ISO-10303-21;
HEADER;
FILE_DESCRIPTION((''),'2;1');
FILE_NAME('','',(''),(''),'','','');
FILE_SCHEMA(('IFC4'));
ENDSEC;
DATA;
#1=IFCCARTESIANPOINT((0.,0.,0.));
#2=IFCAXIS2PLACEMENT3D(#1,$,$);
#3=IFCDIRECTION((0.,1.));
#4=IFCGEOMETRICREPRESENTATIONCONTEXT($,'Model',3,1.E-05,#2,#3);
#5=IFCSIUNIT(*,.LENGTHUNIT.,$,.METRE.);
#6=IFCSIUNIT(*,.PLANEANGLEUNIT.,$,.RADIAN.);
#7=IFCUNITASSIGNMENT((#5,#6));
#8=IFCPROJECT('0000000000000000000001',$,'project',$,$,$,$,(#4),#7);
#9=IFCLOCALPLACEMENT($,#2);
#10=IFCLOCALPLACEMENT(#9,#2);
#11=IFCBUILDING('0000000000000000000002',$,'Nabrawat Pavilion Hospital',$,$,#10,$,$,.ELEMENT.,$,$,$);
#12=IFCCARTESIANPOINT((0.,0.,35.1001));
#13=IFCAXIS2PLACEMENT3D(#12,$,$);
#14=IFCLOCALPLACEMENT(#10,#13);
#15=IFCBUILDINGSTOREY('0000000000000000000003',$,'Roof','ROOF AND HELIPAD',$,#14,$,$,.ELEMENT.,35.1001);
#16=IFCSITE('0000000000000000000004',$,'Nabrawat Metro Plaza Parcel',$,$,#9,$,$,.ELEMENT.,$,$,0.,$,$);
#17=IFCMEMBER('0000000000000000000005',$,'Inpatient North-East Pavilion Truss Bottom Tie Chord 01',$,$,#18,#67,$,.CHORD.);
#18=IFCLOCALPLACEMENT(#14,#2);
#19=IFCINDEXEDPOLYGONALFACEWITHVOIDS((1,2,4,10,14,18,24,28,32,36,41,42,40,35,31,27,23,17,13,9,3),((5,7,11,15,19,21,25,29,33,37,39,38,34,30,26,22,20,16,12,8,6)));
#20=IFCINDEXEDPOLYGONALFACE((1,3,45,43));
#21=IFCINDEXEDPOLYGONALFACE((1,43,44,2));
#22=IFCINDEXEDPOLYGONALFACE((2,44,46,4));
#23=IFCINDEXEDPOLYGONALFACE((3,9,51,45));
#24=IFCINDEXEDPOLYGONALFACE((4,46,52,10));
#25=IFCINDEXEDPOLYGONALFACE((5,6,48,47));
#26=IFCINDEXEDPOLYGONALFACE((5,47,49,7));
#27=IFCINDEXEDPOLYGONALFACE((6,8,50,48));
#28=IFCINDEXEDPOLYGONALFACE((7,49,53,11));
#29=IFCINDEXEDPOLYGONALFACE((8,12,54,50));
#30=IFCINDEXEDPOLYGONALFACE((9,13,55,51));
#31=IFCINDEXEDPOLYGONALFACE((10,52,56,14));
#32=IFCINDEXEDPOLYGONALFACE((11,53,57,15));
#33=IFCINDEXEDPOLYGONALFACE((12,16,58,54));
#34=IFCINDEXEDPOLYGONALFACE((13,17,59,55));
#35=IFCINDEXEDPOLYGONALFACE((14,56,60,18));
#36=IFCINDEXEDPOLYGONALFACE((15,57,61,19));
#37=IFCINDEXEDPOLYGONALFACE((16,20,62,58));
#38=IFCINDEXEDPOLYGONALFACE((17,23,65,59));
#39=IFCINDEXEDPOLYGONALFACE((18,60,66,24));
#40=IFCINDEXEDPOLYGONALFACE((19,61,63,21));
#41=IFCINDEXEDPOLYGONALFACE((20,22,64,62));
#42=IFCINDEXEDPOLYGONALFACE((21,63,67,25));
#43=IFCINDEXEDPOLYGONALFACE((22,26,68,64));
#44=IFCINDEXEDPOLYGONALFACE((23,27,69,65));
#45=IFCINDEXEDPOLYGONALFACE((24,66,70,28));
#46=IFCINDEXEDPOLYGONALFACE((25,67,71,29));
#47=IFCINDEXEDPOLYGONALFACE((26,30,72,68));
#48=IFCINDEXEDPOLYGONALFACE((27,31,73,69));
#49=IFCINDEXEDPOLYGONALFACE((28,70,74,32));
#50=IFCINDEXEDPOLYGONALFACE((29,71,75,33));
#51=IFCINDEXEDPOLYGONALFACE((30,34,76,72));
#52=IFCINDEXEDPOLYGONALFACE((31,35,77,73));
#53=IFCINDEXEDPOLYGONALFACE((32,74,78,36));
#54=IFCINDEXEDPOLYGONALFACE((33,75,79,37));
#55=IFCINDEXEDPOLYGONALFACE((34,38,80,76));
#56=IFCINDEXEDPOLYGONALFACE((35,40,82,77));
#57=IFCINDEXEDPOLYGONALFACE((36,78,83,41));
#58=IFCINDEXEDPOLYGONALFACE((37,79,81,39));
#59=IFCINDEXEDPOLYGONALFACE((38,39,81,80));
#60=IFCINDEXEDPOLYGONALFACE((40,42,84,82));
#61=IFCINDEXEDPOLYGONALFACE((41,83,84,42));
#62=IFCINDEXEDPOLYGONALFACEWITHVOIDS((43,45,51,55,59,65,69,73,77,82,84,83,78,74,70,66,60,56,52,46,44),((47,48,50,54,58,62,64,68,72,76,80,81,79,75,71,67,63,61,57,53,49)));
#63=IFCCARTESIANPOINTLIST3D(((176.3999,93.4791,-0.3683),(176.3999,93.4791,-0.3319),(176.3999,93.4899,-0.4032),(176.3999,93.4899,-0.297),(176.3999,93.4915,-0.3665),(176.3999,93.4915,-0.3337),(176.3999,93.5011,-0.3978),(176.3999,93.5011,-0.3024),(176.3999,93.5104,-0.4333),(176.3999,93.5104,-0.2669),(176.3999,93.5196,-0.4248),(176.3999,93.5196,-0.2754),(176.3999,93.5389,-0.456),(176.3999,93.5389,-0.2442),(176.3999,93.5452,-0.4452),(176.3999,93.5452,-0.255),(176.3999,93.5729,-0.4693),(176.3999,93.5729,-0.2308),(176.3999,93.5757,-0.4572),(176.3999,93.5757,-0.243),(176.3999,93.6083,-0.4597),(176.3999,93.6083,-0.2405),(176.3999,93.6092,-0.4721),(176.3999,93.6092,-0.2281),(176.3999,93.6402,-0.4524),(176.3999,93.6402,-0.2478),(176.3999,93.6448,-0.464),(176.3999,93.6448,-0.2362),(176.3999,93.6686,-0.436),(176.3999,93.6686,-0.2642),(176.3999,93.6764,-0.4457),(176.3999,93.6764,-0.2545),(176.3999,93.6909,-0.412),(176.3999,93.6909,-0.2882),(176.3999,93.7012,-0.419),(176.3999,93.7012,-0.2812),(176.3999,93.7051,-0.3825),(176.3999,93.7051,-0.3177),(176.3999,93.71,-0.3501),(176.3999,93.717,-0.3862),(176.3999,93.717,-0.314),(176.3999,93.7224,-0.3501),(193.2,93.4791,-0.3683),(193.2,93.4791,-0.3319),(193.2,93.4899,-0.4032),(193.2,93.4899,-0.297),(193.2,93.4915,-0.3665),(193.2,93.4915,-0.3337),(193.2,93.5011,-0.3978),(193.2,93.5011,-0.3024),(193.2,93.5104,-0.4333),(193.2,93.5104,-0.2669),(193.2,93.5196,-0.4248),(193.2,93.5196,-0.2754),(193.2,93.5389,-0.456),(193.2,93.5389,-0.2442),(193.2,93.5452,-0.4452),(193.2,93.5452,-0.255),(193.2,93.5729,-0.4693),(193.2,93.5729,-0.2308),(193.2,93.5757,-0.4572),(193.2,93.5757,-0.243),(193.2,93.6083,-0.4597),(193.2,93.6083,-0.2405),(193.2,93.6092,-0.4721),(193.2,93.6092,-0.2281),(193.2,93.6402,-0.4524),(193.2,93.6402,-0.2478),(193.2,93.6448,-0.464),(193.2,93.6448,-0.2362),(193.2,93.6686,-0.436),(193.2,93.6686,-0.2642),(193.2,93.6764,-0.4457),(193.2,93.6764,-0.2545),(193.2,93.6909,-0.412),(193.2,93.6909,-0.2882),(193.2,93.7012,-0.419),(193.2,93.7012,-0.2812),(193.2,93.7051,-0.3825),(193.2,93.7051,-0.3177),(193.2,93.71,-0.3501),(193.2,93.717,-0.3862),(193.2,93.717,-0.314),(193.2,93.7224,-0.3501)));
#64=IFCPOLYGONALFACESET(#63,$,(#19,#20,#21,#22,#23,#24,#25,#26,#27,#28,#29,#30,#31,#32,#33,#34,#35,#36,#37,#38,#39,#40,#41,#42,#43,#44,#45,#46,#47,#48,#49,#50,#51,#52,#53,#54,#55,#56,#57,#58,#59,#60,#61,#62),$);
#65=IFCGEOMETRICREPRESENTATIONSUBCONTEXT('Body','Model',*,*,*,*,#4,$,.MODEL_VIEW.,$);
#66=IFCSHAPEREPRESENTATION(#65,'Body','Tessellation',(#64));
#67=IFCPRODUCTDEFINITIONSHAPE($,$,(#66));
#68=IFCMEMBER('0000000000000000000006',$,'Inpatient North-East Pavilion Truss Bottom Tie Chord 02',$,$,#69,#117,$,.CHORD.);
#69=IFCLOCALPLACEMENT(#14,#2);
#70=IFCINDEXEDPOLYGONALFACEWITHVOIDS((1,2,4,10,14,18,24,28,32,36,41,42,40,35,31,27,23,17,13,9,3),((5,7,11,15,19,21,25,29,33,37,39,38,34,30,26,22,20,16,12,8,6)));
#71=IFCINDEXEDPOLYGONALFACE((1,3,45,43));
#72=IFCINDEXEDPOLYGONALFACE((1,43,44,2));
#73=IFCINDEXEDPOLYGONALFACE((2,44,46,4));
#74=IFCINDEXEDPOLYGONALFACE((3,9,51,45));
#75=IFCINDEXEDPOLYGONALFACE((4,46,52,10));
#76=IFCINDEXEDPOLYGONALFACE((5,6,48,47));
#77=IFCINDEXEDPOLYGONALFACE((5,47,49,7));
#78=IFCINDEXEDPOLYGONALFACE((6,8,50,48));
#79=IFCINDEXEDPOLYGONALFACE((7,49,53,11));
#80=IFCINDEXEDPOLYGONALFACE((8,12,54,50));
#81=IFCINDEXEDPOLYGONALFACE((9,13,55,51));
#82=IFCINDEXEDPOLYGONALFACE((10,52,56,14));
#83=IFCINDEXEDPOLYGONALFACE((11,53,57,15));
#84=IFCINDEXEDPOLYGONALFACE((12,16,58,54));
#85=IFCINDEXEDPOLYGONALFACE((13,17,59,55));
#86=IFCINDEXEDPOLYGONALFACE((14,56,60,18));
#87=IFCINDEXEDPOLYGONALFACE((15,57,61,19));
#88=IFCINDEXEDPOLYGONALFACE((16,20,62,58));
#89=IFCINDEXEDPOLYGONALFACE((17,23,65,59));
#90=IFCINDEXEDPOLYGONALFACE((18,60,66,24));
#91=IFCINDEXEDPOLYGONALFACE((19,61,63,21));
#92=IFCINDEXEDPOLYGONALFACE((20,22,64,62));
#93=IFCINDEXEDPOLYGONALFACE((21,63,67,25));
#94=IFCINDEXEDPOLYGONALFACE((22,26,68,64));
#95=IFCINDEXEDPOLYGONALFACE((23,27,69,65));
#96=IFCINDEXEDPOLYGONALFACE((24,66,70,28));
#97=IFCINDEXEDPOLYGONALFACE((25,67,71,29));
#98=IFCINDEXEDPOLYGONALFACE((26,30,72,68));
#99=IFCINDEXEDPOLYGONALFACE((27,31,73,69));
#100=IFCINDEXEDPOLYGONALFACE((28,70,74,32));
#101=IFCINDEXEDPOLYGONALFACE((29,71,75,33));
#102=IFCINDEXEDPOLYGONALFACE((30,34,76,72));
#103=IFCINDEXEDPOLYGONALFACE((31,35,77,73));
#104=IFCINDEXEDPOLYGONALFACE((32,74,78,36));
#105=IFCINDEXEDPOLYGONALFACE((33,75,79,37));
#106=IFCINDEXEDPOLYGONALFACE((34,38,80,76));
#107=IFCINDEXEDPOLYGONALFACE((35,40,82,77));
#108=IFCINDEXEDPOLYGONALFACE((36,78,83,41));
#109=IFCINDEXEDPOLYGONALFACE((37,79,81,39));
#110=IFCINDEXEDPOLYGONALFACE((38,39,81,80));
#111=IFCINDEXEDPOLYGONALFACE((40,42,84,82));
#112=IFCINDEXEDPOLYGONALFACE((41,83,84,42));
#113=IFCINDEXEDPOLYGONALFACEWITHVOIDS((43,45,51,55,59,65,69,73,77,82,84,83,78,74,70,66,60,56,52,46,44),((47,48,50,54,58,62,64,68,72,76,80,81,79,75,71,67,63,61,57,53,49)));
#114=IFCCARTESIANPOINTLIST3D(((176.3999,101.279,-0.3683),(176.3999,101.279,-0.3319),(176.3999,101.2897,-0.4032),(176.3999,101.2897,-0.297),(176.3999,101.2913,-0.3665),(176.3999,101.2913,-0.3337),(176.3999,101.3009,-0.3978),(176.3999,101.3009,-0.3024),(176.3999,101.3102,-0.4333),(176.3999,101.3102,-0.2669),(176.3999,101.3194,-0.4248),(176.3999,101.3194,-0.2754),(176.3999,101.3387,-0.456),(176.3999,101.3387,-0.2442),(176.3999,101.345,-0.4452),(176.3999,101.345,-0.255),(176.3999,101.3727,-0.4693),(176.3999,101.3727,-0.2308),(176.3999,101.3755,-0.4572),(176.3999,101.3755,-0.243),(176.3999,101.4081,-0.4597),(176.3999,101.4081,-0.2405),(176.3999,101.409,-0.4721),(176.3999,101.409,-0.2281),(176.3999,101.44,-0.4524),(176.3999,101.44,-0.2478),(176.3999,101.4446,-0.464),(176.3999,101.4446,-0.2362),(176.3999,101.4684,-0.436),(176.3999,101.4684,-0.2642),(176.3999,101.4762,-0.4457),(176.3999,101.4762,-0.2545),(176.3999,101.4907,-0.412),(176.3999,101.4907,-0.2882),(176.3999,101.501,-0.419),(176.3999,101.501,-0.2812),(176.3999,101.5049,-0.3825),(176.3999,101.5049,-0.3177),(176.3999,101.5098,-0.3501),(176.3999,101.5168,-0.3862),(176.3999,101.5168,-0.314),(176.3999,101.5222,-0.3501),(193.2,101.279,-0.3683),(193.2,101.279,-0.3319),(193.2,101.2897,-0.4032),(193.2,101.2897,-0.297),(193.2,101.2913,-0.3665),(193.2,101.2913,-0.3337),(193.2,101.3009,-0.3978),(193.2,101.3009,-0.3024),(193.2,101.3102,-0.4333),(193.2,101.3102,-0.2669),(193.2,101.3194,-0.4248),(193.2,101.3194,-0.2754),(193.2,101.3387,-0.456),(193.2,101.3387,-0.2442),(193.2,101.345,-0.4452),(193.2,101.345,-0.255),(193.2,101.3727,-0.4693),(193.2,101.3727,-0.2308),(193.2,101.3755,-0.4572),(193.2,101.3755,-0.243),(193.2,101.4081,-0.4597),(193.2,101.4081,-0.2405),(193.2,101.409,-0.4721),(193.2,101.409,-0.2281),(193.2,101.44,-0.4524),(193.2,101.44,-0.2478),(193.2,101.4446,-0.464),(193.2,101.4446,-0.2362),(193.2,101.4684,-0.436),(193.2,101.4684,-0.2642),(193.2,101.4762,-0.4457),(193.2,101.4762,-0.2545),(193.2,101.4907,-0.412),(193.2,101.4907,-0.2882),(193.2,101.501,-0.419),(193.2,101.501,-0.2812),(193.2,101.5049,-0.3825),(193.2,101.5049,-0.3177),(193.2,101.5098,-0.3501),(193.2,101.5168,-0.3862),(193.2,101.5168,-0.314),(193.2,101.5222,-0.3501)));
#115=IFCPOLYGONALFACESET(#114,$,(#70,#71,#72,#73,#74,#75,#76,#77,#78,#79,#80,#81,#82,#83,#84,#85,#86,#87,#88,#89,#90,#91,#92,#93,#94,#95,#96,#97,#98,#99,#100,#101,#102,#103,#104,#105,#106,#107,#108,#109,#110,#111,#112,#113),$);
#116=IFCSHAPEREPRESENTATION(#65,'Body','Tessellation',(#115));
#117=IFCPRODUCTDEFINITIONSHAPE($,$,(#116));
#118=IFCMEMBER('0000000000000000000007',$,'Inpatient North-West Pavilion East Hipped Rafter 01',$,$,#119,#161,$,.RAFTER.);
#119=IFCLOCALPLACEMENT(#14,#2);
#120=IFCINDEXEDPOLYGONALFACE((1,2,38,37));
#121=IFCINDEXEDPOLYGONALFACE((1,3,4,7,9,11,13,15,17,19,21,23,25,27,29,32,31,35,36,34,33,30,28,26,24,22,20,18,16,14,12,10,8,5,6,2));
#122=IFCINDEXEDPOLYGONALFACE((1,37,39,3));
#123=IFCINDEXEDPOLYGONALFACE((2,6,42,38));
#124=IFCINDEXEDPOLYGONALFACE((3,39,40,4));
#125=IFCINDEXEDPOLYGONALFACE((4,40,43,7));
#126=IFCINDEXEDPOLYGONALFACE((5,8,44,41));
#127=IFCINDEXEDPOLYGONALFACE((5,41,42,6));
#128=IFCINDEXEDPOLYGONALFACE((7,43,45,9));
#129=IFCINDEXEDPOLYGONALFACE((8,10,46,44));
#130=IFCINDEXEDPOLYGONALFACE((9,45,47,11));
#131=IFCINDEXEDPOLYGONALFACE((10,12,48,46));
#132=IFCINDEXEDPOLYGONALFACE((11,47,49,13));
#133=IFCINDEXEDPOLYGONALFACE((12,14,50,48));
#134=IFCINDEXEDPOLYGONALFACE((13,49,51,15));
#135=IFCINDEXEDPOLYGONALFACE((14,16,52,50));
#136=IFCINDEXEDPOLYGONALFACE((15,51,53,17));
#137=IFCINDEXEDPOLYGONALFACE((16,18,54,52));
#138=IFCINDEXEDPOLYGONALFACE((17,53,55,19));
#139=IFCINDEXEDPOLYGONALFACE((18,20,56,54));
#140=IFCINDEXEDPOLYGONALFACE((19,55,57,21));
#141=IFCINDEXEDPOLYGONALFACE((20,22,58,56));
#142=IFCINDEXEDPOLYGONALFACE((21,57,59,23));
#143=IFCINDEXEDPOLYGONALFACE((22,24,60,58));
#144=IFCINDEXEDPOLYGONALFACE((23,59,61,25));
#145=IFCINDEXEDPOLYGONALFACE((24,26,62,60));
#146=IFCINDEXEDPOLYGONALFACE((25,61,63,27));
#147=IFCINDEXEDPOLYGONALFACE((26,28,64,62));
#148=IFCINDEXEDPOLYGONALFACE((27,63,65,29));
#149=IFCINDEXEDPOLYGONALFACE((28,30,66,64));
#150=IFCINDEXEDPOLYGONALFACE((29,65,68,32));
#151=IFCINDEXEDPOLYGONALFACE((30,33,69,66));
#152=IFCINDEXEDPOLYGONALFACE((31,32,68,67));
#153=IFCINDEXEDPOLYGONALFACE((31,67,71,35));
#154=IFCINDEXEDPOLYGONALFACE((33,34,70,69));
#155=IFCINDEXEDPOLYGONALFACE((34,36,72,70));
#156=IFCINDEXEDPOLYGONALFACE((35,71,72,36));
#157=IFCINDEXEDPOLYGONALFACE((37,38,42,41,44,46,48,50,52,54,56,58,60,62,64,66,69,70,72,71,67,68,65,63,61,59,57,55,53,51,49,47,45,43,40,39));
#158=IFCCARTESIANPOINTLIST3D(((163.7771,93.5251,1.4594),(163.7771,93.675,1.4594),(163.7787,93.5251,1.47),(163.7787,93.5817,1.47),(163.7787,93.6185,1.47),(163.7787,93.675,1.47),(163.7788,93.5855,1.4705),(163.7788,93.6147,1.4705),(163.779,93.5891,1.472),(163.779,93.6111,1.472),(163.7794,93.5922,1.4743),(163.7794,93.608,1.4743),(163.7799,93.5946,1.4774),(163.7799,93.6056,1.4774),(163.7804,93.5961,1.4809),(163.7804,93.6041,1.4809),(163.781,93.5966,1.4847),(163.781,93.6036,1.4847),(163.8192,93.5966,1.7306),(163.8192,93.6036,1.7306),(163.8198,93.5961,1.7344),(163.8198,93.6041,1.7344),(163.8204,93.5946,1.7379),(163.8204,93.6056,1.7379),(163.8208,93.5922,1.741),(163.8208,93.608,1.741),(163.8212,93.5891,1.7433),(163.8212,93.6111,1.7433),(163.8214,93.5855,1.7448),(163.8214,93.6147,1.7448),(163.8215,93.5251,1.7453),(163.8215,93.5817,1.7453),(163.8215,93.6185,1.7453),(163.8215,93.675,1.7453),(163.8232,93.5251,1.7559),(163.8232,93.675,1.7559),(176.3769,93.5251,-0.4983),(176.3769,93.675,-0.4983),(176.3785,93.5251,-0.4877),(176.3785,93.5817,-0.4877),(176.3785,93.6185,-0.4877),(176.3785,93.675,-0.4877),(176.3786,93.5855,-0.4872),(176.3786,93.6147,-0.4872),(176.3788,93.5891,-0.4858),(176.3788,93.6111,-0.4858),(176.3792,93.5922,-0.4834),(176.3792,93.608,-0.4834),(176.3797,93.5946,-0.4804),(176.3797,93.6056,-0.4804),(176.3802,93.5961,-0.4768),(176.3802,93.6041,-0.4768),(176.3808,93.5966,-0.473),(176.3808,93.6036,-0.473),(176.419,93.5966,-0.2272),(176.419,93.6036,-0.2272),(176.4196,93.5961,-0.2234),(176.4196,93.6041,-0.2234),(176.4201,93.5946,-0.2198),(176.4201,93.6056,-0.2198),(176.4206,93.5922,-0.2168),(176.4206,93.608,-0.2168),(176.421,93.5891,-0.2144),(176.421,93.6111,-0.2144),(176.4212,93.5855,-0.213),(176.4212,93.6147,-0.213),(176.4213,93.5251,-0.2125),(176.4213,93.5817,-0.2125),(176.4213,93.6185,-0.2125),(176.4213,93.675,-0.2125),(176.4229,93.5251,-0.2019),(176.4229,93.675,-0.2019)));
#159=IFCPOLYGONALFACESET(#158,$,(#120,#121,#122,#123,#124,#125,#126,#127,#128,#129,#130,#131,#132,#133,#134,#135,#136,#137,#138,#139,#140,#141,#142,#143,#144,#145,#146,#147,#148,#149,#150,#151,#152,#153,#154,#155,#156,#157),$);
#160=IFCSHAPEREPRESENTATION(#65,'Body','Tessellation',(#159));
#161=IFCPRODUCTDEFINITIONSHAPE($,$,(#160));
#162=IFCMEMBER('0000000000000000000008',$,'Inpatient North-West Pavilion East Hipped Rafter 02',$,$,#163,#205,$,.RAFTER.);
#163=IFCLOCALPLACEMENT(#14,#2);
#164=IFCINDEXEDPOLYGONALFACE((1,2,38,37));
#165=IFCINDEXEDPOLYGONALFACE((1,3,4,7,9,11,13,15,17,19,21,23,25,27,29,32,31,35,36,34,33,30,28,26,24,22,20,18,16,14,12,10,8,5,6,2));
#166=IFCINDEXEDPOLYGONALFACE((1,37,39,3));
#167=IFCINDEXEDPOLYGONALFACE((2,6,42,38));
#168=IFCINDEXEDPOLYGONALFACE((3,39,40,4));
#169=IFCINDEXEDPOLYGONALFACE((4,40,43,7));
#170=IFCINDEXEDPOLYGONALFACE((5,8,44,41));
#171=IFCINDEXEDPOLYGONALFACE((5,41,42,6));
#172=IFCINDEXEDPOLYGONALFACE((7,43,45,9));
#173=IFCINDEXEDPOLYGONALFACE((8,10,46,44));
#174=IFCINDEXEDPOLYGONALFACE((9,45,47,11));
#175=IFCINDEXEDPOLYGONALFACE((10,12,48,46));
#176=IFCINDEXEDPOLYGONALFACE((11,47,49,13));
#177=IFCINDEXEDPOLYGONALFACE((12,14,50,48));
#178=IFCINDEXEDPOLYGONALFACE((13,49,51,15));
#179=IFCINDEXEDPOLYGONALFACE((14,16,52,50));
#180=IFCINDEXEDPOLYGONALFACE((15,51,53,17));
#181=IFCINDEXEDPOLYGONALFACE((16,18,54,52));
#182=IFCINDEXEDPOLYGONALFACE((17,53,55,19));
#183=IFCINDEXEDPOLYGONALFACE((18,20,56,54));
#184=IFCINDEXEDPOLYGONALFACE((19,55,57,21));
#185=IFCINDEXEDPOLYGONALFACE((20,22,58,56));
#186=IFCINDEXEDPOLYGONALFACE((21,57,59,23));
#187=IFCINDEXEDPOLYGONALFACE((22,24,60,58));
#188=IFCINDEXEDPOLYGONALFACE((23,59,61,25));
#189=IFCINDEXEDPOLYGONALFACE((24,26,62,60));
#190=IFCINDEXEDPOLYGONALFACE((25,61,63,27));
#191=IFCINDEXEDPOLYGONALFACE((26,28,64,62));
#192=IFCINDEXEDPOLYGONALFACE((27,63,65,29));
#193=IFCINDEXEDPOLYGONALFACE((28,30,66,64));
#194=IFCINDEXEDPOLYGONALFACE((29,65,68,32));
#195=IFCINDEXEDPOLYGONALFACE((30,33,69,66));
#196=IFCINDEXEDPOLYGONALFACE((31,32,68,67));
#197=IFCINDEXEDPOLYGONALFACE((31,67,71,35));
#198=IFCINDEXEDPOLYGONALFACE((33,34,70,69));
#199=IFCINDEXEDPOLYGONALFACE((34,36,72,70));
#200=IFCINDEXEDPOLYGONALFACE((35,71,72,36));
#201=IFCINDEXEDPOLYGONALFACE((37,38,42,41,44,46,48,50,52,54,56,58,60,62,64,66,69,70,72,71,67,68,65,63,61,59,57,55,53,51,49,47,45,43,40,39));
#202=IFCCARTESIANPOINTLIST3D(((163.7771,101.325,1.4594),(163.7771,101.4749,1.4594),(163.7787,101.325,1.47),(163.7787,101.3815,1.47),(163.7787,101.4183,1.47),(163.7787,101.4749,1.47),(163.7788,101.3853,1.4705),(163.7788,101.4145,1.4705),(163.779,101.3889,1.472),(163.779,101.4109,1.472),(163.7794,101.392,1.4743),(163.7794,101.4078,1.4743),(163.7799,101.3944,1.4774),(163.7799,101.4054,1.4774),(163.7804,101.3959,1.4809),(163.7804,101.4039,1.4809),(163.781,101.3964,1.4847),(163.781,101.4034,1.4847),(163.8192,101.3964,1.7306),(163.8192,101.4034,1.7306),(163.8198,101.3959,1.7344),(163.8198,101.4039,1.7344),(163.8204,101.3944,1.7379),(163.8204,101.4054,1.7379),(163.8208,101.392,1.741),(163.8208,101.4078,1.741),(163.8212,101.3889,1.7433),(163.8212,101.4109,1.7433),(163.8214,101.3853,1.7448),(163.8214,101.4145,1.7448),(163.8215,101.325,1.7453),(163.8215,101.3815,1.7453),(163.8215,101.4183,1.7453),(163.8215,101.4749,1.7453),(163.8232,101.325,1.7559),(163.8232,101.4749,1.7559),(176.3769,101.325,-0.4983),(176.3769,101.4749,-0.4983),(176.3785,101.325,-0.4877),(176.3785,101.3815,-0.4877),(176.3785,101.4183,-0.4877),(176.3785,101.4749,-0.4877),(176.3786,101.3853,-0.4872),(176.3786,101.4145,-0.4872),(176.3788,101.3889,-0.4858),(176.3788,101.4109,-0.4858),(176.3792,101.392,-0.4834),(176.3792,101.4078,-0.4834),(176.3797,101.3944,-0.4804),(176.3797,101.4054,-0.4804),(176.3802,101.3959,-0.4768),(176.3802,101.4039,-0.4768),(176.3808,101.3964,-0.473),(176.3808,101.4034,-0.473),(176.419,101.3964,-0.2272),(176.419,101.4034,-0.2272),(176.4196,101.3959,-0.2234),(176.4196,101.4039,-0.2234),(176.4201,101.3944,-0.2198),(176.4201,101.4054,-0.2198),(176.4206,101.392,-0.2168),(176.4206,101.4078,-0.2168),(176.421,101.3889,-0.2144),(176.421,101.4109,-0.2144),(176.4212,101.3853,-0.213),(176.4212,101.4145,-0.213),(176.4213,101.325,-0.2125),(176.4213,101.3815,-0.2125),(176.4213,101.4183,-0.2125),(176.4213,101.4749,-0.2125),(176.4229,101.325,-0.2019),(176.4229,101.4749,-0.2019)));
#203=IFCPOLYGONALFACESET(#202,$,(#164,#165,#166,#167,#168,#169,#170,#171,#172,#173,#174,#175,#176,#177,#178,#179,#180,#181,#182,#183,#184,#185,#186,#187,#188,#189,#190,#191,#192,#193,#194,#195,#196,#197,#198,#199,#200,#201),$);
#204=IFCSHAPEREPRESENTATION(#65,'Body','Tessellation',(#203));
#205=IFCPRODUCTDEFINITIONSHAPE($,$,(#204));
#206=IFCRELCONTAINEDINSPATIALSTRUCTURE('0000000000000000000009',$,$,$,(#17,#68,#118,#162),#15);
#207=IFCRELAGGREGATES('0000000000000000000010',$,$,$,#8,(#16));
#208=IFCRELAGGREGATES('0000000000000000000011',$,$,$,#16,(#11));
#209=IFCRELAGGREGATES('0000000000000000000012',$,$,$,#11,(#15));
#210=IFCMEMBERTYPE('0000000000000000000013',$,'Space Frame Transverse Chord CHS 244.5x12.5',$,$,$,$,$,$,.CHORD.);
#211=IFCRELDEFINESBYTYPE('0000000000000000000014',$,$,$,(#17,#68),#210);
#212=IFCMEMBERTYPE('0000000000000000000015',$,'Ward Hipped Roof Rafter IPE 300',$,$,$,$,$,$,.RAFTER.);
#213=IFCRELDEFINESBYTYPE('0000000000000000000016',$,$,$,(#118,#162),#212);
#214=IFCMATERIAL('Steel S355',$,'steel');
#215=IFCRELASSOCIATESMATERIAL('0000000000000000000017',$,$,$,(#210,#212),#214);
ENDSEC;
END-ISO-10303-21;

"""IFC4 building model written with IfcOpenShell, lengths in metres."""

from ifc_helpers import new_model, si_unit, direction, frame, origin, origin_2d, place, context, subcontext, project, spatial, hollow_circle, i_section, extrude, material, material_profile, profile_set, type_object, element, save


model = new_model("IFC4")

# Units and contexts
model_context = context("Model", 3, precision=1e-05, world=origin(), true_north=direction((0.0, 1.0)))
body_context = subcontext(model_context, "Body", "Model", "MODEL_VIEW")
ifc_project = project(units=[si_unit("LENGTHUNIT", "METRE"), si_unit("PLANEANGLEUNIT", "RADIAN")], contexts=[model_context])

# Site, building, storey
site_placement = place(None, origin())
site = spatial("IfcSite", under=ifc_project, at=site_placement, Name="Nabrawat Metro Plaza Parcel", CompositionType="ELEMENT", RefElevation=0.0)
building_placement = place(site_placement, origin())
building = spatial("IfcBuilding", under=site, at=building_placement, Name="Nabrawat Pavilion Hospital", CompositionType="ELEMENT")
storey_placement = place(building_placement, frame((0.0, 0.0, 35.1001)))
storey = spatial("IfcBuildingStorey", under=building, at=storey_placement, Name="Roof", Description="ROOF AND HELIPAD", CompositionType="ELEMENT", Elevation=35.1001)

# Shared definitions
ifc_material_1 = material(Name="Steel S355", Category="steel")

# Members
ifc_material_profile_1 = material_profile(ifc_material_1, hollow_circle(Radius=0.1223, WallThickness=0.0125, at=origin_2d()), Name="CHS 244.5x12.5")
ifc_profile_set_1 = profile_set([ifc_material_profile_1], Name="Steel S355")
member_type_1 = type_object("IfcMemberType", Name="Space Frame Transverse Chord CHS 244.5x12.5", PredefinedType="CHORD", material=ifc_profile_set_1)
for number, where, z_axis, x_axis, name in (
    (1, (176.3999, 93.6001, -0.3501), (1.0, 0.0, 0.0), (0.0, 1.0, 0.0), "Inpatient North-East Pavilion Truss Bottom Tie Chord 01"),
    (2, (176.3999, 101.3999, -0.3501), (1.0, 0.0, 0.0), (0.0, 1.0, 0.0), "Inpatient North-East Pavilion Truss Bottom Tie Chord 02"),
):
    element("IfcMember", number, at=place(storey_placement, frame(where, z_axis=z_axis, x_axis=x_axis)), inside=storey, type_object=member_type_1, Name=name, PredefinedType="CHORD", context=body_context, shape_type="SweptSolid", body=[
        extrude(hollow_circle(Radius=0.1223, WallThickness=0.0125, at=origin_2d()), origin(), (0.0, 0.0, 1.0), 16.8),
    ])
ifc_material_profile_2 = material_profile(ifc_material_1, i_section(OverallWidth=0.1499, OverallDepth=0.3, WebThickness=0.0071, FlangeThickness=0.0107, FilletRadius=0.0149, at=origin_2d()), Name="IPE 300")
ifc_profile_set_2 = profile_set([ifc_material_profile_2], Name="Steel S355")
member_type_2 = type_object("IfcMemberType", Name="Ward Hipped Roof Rafter IPE 300", PredefinedType="RAFTER", material=ifc_profile_set_2)
for number, where, z_axis, x_axis, name in (
    (3, (176.3999, 93.6001, -0.3501), (-0.988143, 0.0, 0.153538), (0.0, -1.0, 0.0), "Inpatient North-West Pavilion East Hipped Rafter 01"),
    (4, (176.3999, 101.3999, -0.3501), (-0.988143, 0.0, 0.153538), (0.0, -1.0, 0.0), "Inpatient North-West Pavilion East Hipped Rafter 02"),
):
    element("IfcMember", number, at=place(storey_placement, frame(where, z_axis=z_axis, x_axis=x_axis)), inside=storey, type_object=member_type_2, Name=name, PredefinedType="RAFTER", context=body_context, shape_type="SweptSolid", body=[
        extrude(i_section(OverallWidth=0.1499, OverallDepth=0.3, WebThickness=0.0071, FlangeThickness=0.0107, FilletRadius=0.0149, at=origin_2d()), origin(), (0.0, 0.0, 1.0), 12.751),
    ])

save(model, "model.ifc")
